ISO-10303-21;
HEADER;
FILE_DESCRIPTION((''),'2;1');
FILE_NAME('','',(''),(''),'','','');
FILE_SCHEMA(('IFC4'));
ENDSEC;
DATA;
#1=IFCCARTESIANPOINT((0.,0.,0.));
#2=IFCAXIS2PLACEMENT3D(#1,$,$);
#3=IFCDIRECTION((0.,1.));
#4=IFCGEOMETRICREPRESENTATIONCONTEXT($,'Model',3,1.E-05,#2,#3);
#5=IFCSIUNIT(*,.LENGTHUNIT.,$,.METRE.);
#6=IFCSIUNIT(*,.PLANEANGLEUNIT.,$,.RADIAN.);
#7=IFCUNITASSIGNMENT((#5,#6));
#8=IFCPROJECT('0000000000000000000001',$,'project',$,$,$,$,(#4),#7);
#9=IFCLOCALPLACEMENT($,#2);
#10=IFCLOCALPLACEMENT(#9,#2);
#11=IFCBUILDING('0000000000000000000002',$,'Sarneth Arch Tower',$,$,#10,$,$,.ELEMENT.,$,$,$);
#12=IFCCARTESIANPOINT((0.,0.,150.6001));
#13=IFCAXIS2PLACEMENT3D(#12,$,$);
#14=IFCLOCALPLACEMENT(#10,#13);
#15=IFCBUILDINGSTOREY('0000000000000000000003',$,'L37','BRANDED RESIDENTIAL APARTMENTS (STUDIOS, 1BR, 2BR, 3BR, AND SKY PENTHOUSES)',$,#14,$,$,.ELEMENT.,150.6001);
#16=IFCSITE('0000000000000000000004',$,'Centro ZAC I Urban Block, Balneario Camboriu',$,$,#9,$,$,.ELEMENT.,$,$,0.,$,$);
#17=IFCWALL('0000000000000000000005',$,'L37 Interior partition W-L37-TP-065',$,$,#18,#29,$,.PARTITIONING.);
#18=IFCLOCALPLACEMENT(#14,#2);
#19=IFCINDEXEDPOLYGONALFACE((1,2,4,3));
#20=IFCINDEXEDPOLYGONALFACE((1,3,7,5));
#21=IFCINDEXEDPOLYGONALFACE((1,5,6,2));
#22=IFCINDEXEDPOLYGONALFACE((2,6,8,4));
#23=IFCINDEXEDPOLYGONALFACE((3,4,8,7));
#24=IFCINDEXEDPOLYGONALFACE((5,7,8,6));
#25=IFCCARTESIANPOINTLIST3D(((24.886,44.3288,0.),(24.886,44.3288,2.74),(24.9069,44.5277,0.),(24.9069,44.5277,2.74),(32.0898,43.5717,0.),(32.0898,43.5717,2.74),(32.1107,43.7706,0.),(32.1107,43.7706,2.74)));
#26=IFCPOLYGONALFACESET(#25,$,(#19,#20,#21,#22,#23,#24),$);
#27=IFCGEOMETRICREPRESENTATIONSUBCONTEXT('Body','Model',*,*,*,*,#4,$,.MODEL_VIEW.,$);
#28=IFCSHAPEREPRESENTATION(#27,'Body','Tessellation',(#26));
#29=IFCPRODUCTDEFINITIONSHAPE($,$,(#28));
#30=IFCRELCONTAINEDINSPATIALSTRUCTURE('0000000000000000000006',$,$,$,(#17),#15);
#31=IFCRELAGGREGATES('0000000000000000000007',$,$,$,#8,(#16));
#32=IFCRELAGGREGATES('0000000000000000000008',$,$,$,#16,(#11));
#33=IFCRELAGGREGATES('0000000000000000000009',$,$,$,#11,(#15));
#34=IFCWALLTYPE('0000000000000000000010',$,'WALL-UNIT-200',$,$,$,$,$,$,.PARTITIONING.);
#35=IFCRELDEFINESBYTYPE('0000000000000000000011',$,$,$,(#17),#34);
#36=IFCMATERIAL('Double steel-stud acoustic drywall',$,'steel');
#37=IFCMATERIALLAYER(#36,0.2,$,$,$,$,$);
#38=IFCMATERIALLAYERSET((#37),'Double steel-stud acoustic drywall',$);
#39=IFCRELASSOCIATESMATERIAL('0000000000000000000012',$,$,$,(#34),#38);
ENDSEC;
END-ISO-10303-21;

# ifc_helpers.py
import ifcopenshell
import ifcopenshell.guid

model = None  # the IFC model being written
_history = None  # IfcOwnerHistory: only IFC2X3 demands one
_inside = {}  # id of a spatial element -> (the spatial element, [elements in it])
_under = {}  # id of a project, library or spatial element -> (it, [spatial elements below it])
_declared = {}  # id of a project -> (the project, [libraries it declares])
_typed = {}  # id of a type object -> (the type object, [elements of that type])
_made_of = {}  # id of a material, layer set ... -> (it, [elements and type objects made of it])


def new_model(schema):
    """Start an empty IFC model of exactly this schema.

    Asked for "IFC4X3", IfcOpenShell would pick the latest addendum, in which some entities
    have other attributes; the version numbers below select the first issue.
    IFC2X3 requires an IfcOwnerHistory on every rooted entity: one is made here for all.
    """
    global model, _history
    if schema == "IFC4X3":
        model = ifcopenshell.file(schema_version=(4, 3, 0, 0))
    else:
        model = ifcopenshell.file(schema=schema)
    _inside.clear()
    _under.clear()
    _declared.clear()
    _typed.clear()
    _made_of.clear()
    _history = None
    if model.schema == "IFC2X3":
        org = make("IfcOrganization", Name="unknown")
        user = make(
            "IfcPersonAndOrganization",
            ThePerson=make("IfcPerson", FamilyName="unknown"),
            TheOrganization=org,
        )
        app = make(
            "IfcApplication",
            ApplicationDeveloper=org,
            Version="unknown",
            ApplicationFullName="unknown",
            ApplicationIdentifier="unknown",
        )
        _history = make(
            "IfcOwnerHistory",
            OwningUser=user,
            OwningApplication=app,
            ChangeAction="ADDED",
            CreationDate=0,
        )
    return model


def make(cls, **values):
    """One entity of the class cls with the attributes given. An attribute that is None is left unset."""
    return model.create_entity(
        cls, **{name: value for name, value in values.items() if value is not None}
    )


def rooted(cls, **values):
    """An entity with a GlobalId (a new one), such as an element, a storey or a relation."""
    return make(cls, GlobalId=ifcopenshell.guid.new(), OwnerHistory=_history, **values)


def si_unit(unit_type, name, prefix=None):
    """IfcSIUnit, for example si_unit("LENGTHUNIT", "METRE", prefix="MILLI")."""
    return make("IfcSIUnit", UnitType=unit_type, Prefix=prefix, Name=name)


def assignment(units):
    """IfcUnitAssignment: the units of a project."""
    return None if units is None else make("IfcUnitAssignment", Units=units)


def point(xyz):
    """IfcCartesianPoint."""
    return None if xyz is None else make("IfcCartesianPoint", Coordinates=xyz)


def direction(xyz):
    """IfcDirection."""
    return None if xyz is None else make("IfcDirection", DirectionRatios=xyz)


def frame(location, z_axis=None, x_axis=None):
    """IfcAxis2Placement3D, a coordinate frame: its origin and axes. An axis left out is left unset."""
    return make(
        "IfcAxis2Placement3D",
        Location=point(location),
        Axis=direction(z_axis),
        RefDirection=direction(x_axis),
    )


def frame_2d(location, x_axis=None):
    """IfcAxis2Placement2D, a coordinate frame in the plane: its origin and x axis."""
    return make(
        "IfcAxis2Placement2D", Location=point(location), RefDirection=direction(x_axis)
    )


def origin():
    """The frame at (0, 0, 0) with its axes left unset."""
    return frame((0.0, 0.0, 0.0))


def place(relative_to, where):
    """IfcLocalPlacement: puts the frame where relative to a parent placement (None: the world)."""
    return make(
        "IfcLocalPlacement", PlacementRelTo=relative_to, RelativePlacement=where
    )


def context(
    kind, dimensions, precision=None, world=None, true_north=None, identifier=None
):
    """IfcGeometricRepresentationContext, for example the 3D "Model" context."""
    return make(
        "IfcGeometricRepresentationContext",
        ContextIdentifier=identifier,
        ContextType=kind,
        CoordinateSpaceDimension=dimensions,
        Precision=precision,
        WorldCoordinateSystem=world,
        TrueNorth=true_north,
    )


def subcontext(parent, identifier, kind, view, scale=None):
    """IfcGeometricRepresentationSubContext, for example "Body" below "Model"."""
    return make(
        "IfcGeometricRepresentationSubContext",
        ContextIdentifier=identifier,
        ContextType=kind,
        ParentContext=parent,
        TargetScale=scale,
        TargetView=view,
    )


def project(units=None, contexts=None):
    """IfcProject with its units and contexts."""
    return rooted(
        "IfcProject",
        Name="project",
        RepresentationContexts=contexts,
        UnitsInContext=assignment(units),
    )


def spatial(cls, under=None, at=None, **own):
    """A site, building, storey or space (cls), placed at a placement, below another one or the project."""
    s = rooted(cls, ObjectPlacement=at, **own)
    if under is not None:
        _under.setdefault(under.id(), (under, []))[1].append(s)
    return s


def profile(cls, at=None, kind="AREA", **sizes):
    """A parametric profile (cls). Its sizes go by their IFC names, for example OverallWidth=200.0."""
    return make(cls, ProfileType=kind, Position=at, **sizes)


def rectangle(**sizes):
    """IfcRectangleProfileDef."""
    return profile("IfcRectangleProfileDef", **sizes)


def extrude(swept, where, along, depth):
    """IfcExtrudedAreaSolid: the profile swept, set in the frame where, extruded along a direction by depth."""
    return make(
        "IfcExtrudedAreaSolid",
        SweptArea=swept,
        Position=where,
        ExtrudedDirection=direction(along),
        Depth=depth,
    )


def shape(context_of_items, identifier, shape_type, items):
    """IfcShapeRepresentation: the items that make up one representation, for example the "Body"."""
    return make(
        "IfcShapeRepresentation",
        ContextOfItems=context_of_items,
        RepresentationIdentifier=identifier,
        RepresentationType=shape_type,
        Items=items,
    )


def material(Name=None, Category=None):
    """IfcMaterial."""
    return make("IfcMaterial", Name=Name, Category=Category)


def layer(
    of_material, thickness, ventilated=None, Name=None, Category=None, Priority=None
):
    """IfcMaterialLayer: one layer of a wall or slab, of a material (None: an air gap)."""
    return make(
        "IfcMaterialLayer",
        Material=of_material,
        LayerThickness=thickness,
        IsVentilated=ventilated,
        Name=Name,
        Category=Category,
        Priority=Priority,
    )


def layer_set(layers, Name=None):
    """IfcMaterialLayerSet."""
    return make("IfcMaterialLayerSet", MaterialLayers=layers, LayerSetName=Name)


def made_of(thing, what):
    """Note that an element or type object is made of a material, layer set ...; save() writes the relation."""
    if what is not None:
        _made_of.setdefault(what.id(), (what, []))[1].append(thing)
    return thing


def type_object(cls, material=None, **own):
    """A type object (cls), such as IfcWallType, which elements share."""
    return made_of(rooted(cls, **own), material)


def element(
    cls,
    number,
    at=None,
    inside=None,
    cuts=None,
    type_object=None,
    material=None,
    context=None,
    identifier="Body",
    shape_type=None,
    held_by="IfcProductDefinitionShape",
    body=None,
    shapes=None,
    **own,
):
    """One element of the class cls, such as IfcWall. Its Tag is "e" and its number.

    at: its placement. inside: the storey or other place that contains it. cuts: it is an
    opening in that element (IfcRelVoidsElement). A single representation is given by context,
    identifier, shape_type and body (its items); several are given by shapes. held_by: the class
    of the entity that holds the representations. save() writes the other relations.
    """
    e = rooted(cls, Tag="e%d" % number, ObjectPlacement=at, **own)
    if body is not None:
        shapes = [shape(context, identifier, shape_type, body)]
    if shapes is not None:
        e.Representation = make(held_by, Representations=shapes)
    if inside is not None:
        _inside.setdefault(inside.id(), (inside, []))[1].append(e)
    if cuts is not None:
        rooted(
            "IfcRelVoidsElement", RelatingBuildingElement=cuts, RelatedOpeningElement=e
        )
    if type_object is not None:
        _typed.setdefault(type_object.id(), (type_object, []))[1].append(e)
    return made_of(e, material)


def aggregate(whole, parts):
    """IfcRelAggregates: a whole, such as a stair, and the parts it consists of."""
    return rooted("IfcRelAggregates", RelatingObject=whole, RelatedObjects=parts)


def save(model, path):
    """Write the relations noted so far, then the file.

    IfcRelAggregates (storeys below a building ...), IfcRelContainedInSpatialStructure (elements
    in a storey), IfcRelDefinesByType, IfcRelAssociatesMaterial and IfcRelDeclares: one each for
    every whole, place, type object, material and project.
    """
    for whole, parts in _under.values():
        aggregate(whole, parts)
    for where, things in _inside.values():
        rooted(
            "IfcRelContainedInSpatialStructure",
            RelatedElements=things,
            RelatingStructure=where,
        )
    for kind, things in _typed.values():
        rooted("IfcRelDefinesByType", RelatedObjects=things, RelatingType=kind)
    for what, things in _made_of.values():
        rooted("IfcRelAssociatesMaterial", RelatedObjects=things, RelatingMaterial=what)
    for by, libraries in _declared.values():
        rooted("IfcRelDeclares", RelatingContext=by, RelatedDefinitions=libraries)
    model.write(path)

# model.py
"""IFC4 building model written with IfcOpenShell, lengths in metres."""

from ifc_helpers import new_model, si_unit, direction, frame, frame_2d, origin, place, context, subcontext, project, spatial, rectangle, extrude, material, layer, layer_set, type_object, element, save


model = new_model("IFC4")

# Units and contexts
model_context = context("Model", 3, precision=1e-05, world=origin(), true_north=direction((0.0, 1.0)))
body_context = subcontext(model_context, "Body", "Model", "MODEL_VIEW")
ifc_project = project(units=[si_unit("LENGTHUNIT", "METRE"), si_unit("PLANEANGLEUNIT", "RADIAN")], contexts=[model_context])

# Site, building, storey
site_placement = place(None, origin())
site = spatial("IfcSite", under=ifc_project, at=site_placement, Name="Centro ZAC I Urban Block, Balneario Camboriu", CompositionType="ELEMENT", RefElevation=0.0)
building_placement = place(site_placement, origin())
building = spatial("IfcBuilding", under=site, at=building_placement, Name="Sarneth Arch Tower", CompositionType="ELEMENT")
storey_placement = place(building_placement, frame((0.0, 0.0, 150.6001)))
storey = spatial("IfcBuildingStorey", under=building, at=storey_placement, Name="L37", Description="BRANDED RESIDENTIAL APARTMENTS (STUDIOS, 1BR, 2BR, 3BR, AND SKY PENTHOUSES)", CompositionType="ELEMENT", Elevation=150.6001)

# Wall
ifc_material_1 = material(Name="Double steel-stud acoustic drywall", Category="steel")
ifc_layer_1 = layer(ifc_material_1, 0.2)
ifc_layer_set_1 = layer_set([ifc_layer_1], Name="Double steel-stud acoustic drywall")
wall_type_1 = type_object("IfcWallType", Name="WALL-UNIT-200", PredefinedType="PARTITIONING", material=ifc_layer_set_1)
wall_1_placement = place(storey_placement, frame((32.1001, 43.6711, 0.0), z_axis=(0.0, 0.0, 1.0), x_axis=(-0.994523, 0.104522, 0.0)))
element("IfcWall", 1, at=wall_1_placement, inside=storey, type_object=wall_type_1, Name="L37 Interior partition W-L37-TP-065", PredefinedType="PARTITIONING", context=body_context, shape_type="SweptSolid", body=[
    extrude(rectangle(XDim=7.2434, YDim=0.2, at=frame_2d((3.6216, 0.0))), origin(), (0.0, 0.0, 1.0), 2.74),
])

save(model, "model.ifc")
